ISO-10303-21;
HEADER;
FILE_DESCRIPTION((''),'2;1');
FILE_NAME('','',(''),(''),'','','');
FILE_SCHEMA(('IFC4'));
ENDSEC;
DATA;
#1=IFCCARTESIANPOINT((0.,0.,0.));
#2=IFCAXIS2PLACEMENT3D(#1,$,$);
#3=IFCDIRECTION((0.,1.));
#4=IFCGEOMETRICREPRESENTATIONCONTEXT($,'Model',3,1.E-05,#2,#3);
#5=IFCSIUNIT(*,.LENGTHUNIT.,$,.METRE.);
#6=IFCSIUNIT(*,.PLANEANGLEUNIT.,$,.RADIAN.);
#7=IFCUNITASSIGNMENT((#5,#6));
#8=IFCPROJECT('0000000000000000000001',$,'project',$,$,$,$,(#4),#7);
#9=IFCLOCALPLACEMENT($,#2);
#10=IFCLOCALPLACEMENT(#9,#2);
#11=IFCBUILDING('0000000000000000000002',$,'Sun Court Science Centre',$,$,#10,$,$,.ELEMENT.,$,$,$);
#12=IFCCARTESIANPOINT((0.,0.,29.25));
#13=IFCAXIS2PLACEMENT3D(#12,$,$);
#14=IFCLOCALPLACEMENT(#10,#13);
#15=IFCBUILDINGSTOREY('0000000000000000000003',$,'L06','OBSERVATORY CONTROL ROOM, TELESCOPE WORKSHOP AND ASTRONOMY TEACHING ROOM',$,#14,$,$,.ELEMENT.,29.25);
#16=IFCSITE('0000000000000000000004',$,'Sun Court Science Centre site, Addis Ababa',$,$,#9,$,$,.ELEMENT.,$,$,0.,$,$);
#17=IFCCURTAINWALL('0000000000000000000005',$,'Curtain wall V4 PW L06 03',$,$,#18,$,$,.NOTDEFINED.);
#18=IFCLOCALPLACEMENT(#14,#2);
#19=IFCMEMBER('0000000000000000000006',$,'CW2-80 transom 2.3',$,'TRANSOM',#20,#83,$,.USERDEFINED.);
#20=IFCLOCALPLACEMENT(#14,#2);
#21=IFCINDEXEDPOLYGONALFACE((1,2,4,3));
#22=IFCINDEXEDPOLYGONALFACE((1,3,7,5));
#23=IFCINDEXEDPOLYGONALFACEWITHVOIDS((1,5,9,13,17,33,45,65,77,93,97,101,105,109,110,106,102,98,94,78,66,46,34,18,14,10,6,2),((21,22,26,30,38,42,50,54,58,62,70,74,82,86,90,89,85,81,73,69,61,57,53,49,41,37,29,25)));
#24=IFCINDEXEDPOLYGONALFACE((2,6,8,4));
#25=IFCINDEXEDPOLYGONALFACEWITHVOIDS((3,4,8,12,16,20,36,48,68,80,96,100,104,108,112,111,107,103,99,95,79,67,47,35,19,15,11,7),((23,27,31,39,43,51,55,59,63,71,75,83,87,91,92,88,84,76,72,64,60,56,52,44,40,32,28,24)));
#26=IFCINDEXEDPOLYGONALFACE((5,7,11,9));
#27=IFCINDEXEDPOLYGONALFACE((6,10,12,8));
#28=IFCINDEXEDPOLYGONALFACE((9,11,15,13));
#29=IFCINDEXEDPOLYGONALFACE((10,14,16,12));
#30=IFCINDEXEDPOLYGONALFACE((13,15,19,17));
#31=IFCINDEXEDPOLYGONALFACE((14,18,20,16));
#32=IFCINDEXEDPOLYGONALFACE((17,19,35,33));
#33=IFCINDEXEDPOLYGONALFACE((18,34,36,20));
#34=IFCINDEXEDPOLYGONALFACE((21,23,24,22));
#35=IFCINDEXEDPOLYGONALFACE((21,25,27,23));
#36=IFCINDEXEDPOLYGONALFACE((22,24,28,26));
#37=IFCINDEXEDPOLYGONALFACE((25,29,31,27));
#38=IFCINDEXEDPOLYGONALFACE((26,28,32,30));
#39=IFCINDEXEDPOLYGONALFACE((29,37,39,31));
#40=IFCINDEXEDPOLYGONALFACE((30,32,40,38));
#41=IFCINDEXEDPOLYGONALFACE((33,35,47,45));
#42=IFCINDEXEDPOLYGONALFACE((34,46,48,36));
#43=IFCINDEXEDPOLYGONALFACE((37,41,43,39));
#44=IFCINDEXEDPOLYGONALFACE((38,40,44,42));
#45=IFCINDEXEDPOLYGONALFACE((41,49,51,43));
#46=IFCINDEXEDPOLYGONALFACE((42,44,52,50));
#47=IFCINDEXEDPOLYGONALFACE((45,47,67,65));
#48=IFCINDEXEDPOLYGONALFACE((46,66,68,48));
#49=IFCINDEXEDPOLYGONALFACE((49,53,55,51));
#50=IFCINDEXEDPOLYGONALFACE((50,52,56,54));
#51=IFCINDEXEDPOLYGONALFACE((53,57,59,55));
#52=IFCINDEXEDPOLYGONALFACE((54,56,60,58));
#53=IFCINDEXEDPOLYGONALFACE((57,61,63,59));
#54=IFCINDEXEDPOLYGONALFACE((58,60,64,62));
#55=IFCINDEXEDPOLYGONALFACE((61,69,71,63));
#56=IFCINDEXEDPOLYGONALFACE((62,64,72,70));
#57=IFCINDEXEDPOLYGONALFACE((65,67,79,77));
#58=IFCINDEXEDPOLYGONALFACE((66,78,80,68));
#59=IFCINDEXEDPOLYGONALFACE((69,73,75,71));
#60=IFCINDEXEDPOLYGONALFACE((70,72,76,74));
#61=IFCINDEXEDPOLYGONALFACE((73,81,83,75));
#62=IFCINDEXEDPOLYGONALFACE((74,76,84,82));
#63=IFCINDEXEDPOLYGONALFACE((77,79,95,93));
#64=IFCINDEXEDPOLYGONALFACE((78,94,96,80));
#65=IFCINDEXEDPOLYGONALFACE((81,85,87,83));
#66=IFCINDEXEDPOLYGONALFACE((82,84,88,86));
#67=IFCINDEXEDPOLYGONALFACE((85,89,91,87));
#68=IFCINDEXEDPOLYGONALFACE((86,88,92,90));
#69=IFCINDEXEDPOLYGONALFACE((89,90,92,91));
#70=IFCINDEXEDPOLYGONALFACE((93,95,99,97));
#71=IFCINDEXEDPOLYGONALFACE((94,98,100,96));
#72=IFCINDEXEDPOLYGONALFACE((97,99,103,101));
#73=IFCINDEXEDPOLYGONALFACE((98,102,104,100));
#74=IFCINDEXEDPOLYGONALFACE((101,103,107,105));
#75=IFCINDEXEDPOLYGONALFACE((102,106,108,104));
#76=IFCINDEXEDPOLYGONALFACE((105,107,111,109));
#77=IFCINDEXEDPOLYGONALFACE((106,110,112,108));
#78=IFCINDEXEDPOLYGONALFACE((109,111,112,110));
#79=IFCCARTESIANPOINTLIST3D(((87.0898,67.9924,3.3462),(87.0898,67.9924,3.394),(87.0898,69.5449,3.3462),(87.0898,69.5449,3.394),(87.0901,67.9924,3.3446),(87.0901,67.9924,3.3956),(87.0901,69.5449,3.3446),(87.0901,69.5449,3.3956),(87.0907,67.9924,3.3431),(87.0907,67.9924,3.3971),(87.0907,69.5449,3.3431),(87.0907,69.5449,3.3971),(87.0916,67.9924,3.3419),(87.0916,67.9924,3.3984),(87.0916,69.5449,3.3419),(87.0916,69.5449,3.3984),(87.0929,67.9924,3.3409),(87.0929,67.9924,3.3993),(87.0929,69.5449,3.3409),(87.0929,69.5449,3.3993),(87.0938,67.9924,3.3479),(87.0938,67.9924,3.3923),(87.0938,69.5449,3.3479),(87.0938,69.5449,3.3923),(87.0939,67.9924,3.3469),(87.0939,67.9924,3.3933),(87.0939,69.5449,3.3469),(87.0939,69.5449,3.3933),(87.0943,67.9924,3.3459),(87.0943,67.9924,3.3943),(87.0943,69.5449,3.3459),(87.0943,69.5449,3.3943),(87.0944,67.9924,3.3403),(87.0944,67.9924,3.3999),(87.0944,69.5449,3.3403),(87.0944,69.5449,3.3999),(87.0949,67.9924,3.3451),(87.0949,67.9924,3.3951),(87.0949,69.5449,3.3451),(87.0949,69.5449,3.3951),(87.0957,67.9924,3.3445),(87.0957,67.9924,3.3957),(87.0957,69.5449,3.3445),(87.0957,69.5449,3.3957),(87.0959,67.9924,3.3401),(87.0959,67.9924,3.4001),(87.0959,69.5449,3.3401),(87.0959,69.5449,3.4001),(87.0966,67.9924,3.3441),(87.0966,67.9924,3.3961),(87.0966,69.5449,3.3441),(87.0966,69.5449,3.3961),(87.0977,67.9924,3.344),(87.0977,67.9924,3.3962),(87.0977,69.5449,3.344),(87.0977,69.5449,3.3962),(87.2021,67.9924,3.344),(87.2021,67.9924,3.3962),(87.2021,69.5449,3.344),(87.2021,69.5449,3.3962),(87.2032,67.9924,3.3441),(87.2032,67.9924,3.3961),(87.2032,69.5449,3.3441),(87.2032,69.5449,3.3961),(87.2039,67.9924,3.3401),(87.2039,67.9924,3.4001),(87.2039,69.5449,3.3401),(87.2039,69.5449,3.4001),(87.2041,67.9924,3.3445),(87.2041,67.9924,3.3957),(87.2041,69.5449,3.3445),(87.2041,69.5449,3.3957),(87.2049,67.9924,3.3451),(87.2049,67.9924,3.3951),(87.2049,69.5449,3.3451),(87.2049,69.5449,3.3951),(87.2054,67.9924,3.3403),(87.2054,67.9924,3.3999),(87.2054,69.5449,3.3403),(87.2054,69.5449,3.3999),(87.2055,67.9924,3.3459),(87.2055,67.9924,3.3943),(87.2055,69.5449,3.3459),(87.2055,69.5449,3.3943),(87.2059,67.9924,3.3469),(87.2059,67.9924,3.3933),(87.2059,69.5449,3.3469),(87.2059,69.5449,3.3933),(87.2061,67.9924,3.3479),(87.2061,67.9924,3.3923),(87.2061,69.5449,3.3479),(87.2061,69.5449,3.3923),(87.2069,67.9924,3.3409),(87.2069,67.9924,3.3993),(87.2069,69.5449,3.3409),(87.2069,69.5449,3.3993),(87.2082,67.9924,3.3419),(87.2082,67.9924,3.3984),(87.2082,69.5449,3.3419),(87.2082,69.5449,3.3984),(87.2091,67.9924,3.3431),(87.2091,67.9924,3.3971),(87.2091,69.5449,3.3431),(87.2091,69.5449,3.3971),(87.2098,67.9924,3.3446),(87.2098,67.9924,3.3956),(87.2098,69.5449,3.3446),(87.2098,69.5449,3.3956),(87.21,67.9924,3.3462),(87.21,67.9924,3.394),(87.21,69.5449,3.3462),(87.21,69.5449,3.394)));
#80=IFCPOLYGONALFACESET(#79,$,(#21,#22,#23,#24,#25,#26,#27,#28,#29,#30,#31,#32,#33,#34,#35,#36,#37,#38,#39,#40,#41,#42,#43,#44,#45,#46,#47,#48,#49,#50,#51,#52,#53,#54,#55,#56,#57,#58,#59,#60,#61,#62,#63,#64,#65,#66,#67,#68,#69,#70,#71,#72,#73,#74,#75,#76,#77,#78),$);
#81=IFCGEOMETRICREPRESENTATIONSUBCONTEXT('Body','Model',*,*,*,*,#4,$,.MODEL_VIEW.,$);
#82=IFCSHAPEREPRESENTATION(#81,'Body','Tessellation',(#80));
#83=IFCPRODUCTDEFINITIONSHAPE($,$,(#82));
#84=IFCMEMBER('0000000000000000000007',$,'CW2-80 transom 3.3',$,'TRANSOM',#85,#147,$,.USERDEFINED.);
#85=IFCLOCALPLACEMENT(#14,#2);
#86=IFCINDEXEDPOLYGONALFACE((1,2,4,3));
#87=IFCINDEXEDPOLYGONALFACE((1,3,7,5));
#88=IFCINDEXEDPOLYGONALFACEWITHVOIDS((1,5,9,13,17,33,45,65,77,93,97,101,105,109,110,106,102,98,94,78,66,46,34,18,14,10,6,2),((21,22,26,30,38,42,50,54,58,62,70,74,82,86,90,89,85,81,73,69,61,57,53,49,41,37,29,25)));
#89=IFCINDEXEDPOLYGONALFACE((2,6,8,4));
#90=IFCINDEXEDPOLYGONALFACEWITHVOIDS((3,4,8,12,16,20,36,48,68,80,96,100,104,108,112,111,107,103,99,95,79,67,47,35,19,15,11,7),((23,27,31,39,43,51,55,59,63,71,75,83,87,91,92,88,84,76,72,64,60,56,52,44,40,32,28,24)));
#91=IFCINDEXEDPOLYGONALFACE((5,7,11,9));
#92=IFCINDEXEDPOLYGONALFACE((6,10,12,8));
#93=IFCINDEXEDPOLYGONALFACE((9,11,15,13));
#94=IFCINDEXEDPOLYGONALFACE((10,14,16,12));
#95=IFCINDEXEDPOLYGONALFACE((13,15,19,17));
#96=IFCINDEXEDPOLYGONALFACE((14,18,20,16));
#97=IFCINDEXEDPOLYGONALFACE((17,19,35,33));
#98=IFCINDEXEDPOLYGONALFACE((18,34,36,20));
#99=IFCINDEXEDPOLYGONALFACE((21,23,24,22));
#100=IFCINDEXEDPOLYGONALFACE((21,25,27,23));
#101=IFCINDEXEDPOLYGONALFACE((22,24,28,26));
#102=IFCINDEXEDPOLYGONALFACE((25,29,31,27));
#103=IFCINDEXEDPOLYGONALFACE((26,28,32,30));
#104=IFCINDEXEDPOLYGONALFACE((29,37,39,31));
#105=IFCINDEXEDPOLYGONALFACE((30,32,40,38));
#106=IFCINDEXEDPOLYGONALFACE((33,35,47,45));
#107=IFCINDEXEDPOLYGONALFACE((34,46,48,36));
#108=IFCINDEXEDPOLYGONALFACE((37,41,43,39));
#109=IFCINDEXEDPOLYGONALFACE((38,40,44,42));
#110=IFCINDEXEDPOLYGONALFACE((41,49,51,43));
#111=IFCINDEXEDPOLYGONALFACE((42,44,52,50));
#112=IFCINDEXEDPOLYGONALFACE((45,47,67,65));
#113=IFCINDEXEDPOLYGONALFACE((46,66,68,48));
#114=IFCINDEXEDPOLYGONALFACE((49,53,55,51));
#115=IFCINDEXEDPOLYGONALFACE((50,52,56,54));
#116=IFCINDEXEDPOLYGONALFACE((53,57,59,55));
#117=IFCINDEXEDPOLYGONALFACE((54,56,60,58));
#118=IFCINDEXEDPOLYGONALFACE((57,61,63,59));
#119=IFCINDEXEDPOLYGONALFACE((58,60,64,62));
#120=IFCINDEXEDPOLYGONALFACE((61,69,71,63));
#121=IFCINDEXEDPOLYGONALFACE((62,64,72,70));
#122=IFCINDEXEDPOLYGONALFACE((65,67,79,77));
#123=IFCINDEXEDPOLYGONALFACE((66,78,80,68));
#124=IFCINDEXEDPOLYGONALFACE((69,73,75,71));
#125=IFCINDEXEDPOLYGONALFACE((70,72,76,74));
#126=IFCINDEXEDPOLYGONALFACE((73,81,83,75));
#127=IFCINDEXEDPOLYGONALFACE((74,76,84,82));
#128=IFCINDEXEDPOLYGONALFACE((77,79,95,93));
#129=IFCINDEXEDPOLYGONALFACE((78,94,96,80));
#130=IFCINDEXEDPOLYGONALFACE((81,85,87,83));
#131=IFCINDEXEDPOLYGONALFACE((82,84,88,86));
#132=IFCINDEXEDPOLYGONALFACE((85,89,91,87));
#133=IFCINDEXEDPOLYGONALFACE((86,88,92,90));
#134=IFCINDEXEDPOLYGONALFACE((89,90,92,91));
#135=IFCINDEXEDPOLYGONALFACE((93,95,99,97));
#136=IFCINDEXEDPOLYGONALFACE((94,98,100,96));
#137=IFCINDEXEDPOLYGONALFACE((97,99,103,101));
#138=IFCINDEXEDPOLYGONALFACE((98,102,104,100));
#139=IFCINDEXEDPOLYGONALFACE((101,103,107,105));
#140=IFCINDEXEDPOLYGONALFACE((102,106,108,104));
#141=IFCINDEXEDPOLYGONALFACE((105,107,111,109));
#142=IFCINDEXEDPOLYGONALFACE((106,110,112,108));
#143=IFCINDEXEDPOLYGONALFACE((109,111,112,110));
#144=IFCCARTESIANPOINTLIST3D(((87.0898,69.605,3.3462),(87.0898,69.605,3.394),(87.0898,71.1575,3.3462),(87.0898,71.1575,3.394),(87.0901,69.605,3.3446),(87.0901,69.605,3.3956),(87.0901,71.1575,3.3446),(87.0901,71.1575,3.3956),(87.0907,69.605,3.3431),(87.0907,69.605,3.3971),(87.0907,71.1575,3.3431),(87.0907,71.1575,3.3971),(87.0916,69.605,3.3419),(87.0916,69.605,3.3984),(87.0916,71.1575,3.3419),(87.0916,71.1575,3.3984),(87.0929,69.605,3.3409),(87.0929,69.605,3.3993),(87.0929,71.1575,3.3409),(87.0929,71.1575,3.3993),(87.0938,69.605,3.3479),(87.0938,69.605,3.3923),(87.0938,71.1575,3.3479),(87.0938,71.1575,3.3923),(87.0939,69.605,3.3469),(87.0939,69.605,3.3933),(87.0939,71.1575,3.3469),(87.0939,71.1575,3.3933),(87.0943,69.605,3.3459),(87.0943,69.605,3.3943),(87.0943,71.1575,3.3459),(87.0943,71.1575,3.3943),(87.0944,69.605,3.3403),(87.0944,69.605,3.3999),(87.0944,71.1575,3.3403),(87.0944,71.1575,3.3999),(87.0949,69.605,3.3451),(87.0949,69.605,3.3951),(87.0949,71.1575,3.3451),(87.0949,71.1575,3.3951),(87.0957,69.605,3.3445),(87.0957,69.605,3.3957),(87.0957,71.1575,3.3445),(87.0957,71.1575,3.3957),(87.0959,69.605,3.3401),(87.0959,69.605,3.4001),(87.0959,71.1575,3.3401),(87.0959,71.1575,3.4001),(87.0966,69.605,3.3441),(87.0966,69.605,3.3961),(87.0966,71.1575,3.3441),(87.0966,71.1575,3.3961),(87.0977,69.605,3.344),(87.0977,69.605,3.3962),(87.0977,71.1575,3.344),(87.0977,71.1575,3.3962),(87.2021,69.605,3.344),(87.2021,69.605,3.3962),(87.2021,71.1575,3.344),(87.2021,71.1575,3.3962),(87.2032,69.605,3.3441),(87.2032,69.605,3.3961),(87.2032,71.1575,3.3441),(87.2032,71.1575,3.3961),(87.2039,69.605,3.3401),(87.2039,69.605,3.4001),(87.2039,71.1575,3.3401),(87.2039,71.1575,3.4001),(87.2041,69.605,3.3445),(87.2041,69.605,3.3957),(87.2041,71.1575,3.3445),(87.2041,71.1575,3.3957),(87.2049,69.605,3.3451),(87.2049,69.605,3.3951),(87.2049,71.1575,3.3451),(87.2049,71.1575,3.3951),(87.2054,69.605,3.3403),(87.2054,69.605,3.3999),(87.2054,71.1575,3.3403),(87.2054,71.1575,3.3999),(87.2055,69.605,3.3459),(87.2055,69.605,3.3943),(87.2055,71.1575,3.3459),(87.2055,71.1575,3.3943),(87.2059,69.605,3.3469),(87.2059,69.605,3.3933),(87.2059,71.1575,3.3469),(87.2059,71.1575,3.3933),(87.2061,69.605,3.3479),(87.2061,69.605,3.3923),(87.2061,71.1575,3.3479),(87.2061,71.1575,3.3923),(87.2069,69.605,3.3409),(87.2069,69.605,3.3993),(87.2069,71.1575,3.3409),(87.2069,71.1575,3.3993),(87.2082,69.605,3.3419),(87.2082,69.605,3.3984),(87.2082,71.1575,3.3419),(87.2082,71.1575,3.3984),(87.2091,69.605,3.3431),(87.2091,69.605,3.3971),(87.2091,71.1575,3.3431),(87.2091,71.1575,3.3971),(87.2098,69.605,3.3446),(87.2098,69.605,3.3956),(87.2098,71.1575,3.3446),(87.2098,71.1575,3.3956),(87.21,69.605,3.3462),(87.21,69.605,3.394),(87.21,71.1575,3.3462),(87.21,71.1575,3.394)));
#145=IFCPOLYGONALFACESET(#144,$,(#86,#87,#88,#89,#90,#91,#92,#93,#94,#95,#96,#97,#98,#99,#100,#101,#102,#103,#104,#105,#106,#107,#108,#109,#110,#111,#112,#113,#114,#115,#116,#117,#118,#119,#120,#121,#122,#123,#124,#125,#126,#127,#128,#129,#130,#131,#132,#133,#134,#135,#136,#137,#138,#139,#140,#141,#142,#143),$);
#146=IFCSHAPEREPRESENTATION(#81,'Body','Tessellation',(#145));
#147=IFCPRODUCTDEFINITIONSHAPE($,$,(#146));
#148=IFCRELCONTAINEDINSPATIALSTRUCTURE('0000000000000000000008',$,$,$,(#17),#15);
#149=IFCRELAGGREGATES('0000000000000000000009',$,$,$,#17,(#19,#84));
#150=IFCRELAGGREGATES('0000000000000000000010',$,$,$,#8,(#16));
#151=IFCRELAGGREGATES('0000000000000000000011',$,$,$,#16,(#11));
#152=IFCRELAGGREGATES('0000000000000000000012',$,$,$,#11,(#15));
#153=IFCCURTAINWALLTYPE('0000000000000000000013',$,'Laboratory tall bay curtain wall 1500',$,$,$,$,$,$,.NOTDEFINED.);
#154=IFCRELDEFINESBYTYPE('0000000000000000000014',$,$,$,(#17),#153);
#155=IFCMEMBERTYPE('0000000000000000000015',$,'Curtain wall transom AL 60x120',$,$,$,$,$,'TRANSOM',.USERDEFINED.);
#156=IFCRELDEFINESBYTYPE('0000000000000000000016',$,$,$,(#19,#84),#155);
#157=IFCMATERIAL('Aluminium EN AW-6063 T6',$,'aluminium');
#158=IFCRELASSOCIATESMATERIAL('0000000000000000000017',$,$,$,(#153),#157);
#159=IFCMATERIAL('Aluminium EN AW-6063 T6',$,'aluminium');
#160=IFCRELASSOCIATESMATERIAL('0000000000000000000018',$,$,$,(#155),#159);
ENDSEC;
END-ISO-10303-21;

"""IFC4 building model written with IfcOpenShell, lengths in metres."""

from ifc_helpers import new_model, si_unit, direction, frame, origin, origin_2d, place, context, subcontext, project, spatial, hollow_rectangle, extrude, material, material_profile, profile_set, type_object, element, aggregate, save


model = new_model("IFC4")

# Units and contexts
model_context = context("Model", 3, precision=1e-05, world=origin(), true_north=direction((0.0, 1.0)))
body_context = subcontext(model_context, "Body", "Model", "MODEL_VIEW")
ifc_project = project(units=[si_unit("LENGTHUNIT", "METRE"), si_unit("PLANEANGLEUNIT", "RADIAN")], contexts=[model_context])

# Site, building, storey
site_placement = place(None, origin())
site = spatial("IfcSite", under=ifc_project, at=site_placement, Name="Sun Court Science Centre site, Addis Ababa", CompositionType="ELEMENT", RefElevation=0.0)
building_placement = place(site_placement, origin())
building = spatial("IfcBuilding", under=site, at=building_placement, Name="Sun Court Science Centre", CompositionType="ELEMENT")
storey_placement = place(building_placement, frame((0.0, 0.0, 29.25)))
storey = spatial("IfcBuildingStorey", under=building, at=storey_placement, Name="L06", Description="OBSERVATORY CONTROL ROOM, TELESCOPE WORKSHOP AND ASTRONOMY TEACHING ROOM", CompositionType="ELEMENT", Elevation=29.25)

# Curtain wall, members
ifc_material_1 = material(Name="Aluminium EN AW-6063 T6", Category="aluminium")
curtain_wall_type = type_object("IfcCurtainWallType", Name="Laboratory tall bay curtain wall 1500", PredefinedType="NOTDEFINED", material=ifc_material_1)
curtain_wall_placement = place(storey_placement, origin())
curtain_wall = element("IfcCurtainWall", 1, at=curtain_wall_placement, inside=storey, type_object=curtain_wall_type, Name="Curtain wall V4 PW L06 03", PredefinedType="NOTDEFINED")
ifc_material_2 = material(Name="Aluminium EN AW-6063 T6", Category="aluminium")
ifc_material_profile_1 = material_profile(ifc_material_2, hollow_rectangle(XDim=0.0601, YDim=0.1201, WallThickness=0.0039, InnerFilletRadius=0.0039, OuterFilletRadius=0.0061, at=origin_2d()), Name="AL 60x120x4")
ifc_profile_set_1 = profile_set([ifc_material_profile_1], Name="Aluminium EN AW-6063 T6")
member_type_1 = type_object("IfcMemberType", Name="Curtain wall transom AL 60x120", ElementType="TRANSOM", PredefinedType="USERDEFINED", material=ifc_profile_set_1)
member_1_placement = place(storey_placement, frame((87.1499, 67.9924, 3.3701), z_axis=(0.0, 1.0, 0.0), x_axis=(0.0, 0.0, 1.0)))
member_1 = element("IfcMember", 2, at=member_1_placement, type_object=member_type_1, Name="CW2-80 transom 2.3", ObjectType="TRANSOM", PredefinedType="USERDEFINED", context=body_context, shape_type="SweptSolid", body=[
    extrude(hollow_rectangle(XDim=0.0601, YDim=0.1201, WallThickness=0.0039, InnerFilletRadius=0.0039, OuterFilletRadius=0.0061, at=origin_2d()), origin(), (0.0, 0.0, 1.0), 1.5525),
])
member_2_placement = place(storey_placement, frame((87.1499, 69.605, 3.3701), z_axis=(0.0, 1.0, 0.0), x_axis=(0.0, 0.0, 1.0)))
member_2 = element("IfcMember", 3, at=member_2_placement, type_object=member_type_1, Name="CW2-80 transom 3.3", ObjectType="TRANSOM", PredefinedType="USERDEFINED", context=body_context, shape_type="SweptSolid", body=[
    extrude(hollow_rectangle(XDim=0.0601, YDim=0.1201, WallThickness=0.0039, InnerFilletRadius=0.0039, OuterFilletRadius=0.0061, at=origin_2d()), origin(), (0.0, 0.0, 1.0), 1.5525),
])

aggregate(curtain_wall, [member_1, member_2])

save(model, "model.ifc")
